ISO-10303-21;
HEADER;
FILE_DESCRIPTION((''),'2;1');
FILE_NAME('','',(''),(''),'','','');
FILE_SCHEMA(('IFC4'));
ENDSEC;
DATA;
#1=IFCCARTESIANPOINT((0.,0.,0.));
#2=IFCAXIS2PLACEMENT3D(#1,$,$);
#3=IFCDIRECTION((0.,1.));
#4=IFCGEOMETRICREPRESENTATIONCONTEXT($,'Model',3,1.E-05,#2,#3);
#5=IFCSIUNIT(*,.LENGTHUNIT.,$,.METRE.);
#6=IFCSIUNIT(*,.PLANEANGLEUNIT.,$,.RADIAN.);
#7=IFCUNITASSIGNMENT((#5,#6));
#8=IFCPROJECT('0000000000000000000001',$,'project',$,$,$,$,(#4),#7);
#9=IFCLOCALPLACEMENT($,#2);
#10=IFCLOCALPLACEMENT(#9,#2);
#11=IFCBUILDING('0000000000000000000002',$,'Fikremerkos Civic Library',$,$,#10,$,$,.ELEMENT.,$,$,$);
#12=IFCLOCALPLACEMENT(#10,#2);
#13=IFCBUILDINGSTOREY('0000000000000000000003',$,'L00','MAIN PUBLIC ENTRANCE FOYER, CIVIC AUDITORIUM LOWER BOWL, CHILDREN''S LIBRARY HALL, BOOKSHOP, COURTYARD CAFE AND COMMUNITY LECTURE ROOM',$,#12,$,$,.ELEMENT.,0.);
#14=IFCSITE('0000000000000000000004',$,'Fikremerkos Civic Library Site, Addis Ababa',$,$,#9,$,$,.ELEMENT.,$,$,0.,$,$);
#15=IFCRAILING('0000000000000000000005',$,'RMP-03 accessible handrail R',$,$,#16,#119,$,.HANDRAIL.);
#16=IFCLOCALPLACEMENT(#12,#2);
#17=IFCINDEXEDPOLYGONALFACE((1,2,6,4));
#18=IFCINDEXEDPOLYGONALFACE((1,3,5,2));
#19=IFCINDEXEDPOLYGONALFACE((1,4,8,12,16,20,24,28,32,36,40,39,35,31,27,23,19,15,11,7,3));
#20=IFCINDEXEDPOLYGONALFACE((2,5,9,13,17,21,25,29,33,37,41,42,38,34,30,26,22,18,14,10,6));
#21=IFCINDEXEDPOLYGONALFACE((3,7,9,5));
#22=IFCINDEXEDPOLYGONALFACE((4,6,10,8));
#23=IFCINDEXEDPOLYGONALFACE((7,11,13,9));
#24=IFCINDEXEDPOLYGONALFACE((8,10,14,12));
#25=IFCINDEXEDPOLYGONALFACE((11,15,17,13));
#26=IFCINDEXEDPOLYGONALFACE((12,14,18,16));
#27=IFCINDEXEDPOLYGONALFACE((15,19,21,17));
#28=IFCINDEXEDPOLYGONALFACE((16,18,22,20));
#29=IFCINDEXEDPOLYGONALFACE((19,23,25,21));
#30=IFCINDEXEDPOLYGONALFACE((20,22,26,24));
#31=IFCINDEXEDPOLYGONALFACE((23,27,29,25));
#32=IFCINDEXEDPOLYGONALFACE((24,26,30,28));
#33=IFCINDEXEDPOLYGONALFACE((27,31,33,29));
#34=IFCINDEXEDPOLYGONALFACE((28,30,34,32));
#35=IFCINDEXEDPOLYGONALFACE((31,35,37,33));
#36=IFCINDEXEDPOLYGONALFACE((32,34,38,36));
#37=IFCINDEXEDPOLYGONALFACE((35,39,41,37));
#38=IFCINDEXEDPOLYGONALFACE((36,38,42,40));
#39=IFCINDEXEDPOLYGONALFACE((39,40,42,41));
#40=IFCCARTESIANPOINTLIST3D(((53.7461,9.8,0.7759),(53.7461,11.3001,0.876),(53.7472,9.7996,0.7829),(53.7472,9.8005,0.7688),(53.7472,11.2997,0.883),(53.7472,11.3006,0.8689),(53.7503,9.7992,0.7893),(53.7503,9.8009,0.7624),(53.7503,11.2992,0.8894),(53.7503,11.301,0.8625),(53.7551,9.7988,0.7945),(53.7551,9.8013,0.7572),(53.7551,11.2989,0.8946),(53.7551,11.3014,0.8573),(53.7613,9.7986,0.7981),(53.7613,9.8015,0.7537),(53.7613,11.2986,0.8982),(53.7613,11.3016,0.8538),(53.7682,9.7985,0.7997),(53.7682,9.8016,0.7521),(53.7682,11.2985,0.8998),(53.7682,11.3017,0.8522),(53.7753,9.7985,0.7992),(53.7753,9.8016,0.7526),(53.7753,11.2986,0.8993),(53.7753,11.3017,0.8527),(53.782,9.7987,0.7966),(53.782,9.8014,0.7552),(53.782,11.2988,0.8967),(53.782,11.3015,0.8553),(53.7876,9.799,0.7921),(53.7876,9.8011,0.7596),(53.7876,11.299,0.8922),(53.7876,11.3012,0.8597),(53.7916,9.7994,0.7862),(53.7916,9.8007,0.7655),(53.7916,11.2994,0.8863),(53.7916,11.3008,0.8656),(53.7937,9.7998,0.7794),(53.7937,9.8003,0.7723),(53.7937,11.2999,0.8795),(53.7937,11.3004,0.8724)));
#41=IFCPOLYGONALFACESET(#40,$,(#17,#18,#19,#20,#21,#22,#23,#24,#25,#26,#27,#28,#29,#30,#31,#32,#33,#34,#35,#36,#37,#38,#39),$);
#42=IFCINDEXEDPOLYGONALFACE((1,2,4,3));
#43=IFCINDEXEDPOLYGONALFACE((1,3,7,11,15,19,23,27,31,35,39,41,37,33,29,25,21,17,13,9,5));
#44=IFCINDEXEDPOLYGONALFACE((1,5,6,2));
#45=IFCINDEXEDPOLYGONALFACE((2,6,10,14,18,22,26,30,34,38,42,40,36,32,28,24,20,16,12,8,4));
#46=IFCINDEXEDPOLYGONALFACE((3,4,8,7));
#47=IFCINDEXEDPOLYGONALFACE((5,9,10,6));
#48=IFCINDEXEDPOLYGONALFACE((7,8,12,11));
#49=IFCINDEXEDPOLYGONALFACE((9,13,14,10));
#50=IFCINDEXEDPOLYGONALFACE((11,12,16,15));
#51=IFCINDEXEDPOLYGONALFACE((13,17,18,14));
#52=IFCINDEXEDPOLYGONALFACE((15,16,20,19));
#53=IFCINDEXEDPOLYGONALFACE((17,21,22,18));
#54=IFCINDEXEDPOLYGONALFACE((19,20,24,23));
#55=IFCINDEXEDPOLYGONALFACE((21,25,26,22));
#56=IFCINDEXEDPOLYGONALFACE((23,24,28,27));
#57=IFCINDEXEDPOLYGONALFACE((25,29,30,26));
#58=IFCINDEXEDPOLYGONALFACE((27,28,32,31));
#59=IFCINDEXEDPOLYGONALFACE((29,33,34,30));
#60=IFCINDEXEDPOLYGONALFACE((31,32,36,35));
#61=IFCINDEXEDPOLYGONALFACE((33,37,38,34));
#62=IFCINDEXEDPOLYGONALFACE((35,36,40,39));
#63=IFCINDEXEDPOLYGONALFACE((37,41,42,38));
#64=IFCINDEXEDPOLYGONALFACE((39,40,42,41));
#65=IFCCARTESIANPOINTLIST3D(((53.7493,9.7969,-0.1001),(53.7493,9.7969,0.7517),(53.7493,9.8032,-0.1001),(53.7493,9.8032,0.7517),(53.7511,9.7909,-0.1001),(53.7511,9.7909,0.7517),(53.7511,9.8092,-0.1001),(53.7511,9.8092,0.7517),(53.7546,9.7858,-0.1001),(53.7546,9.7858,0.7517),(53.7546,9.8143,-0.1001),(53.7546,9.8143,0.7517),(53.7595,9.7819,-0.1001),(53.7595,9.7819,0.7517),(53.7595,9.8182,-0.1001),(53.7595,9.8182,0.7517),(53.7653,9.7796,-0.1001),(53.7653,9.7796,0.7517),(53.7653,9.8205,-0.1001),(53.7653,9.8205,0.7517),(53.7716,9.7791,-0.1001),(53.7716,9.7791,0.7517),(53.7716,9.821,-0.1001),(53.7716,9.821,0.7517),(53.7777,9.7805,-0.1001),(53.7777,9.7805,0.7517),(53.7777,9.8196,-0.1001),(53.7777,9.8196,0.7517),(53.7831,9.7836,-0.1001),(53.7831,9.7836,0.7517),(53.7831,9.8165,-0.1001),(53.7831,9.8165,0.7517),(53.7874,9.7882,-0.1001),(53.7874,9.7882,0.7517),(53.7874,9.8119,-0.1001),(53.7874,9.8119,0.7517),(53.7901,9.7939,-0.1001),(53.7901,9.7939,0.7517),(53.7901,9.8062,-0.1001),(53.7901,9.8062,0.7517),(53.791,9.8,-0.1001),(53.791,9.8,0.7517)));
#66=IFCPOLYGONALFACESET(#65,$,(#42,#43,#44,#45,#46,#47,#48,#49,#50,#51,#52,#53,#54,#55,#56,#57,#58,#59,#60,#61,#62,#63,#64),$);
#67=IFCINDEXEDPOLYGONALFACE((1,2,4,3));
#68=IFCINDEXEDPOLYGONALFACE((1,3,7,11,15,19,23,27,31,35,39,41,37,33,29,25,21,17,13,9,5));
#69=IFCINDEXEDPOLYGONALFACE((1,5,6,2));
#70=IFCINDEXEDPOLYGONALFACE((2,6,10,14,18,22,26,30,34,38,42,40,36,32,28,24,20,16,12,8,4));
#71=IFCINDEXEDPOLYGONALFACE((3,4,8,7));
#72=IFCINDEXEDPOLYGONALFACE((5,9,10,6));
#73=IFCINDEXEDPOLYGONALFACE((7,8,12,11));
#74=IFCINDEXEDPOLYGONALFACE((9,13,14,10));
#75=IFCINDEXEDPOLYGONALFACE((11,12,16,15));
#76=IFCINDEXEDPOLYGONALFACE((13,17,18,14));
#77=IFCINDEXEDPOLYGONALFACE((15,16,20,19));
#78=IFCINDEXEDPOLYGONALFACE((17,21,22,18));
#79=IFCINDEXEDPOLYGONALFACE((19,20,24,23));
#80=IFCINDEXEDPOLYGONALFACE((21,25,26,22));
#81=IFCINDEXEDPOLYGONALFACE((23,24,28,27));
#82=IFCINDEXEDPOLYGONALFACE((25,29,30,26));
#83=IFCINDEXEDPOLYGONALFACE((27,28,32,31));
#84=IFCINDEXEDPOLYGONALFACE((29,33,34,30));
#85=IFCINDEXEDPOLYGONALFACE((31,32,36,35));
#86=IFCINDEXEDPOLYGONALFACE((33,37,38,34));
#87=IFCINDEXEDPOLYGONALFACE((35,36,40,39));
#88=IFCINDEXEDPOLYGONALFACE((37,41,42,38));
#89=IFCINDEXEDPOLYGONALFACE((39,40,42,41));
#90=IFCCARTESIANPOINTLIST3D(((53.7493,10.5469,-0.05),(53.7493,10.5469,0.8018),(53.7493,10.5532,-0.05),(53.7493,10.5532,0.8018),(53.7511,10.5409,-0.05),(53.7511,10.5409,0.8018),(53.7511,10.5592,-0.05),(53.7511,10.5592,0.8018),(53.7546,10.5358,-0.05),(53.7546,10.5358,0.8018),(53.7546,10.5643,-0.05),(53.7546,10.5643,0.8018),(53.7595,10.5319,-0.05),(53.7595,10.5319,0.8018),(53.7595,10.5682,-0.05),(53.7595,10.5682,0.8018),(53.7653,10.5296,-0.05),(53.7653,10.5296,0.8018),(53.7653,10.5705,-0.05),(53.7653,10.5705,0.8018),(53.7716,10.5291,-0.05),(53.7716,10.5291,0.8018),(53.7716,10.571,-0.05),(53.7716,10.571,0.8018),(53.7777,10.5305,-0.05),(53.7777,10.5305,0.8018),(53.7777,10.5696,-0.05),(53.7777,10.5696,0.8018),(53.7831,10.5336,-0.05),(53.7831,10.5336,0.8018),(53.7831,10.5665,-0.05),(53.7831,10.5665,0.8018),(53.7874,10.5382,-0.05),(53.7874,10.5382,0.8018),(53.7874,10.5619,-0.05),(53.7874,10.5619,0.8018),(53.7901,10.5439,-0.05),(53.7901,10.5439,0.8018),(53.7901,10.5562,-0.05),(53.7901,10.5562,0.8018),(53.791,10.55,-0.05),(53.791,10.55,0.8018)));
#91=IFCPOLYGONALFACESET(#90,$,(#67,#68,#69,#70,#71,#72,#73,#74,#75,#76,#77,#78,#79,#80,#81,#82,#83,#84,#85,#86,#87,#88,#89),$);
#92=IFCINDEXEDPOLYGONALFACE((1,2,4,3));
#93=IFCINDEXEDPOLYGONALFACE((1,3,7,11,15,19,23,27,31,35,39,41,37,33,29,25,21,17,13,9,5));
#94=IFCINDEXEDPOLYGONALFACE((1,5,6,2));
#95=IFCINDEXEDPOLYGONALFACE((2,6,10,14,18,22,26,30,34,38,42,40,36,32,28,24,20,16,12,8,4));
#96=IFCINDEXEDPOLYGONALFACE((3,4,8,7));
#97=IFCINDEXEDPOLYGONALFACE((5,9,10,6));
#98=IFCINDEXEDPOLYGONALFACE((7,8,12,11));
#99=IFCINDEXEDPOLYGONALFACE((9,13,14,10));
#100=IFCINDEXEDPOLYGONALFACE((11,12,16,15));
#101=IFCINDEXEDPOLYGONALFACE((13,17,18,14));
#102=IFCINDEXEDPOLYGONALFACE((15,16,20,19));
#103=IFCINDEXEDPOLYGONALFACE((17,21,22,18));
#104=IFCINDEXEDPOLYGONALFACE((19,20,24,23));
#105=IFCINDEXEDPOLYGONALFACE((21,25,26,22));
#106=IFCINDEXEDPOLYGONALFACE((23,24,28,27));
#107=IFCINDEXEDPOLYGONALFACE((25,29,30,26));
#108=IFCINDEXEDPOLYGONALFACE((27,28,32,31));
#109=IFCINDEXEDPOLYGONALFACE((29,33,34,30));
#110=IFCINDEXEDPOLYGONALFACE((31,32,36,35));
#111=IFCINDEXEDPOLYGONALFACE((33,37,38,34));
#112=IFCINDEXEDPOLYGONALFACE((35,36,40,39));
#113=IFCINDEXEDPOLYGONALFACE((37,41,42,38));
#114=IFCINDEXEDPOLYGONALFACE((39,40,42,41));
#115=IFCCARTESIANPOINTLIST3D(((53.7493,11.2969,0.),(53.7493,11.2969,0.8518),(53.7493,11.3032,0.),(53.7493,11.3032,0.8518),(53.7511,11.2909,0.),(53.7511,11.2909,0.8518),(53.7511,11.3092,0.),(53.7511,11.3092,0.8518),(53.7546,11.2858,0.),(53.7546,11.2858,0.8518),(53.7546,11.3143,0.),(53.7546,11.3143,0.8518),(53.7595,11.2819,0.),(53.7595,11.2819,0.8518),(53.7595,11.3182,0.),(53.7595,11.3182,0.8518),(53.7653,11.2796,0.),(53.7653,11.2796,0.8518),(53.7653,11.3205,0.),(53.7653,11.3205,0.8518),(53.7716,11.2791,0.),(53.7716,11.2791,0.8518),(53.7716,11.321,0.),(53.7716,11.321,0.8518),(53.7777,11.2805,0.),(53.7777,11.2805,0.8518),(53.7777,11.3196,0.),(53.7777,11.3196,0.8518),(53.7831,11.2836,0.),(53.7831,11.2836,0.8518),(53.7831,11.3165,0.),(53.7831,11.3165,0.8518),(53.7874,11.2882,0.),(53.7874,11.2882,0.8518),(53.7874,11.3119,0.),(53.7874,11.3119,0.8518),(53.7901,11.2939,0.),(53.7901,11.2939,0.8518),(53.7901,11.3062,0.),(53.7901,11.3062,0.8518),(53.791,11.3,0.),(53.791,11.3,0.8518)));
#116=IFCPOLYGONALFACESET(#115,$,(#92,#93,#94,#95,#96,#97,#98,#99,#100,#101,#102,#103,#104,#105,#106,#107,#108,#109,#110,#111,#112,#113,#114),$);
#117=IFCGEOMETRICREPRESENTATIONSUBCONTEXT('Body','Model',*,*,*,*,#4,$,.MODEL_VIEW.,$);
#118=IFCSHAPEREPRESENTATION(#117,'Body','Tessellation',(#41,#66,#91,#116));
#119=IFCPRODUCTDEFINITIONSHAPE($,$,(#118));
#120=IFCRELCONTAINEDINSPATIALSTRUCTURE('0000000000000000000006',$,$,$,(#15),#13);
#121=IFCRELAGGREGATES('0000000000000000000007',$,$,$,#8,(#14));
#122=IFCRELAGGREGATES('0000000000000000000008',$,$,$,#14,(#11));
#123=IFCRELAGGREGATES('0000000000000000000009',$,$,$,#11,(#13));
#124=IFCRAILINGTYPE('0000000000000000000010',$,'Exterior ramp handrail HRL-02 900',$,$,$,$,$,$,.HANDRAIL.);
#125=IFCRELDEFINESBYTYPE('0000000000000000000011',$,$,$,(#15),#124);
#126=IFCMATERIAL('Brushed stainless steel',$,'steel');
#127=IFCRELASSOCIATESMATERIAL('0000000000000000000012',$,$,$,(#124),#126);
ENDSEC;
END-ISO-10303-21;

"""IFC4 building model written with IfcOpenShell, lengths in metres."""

from ifc_helpers import new_model, si_unit, direction, frame, origin, origin_2d, place, context, subcontext, project, spatial, circle, extrude, material, type_object, element, save


model = new_model("IFC4")

# Units and contexts
model_context = context("Model", 3, precision=1e-05, world=origin(), true_north=direction((0.0, 1.0)))
body_context = subcontext(model_context, "Body", "Model", "MODEL_VIEW")
ifc_project = project(units=[si_unit("LENGTHUNIT", "METRE"), si_unit("PLANEANGLEUNIT", "RADIAN")], contexts=[model_context])

# Site, building, storey
site_placement = place(None, origin())
site = spatial("IfcSite", under=ifc_project, at=site_placement, Name="Fikremerkos Civic Library Site, Addis Ababa", CompositionType="ELEMENT", RefElevation=0.0)
building_placement = place(site_placement, origin())
building = spatial("IfcBuilding", under=site, at=building_placement, Name="Fikremerkos Civic Library", CompositionType="ELEMENT")
storey_placement = place(building_placement, origin())
storey = spatial("IfcBuildingStorey", under=building, at=storey_placement, Name="L00", Description="MAIN PUBLIC ENTRANCE FOYER, CIVIC AUDITORIUM LOWER BOWL, CHILDREN'S LIBRARY HALL, BOOKSHOP, COURTYARD CAFE AND COMMUNITY LECTURE ROOM", CompositionType="ELEMENT", Elevation=0.0)

# Railing
ifc_material_1 = material(Name="Brushed stainless steel", Category="steel")
railing_type = type_object("IfcRailingType", Name="Exterior ramp handrail HRL-02 900", PredefinedType="HANDRAIL", material=ifc_material_1)
railing_placement = place(storey_placement, frame((53.77, 9.8, -0.1001)))
element("IfcRailing", 1, at=railing_placement, inside=storey, type_object=railing_type, Name="RMP-03 accessible handrail R", PredefinedType="HANDRAIL", context=body_context, shape_type="SweptSolid", body=[
    extrude(circle(Radius=0.0239, at=origin_2d()), frame((0.0, 0.0, 0.876), z_axis=(0.0, 0.997781, 0.066584), x_axis=(-1.0, 0.0, 0.0)), (0.0, 0.0, 1.0), 1.5034),
    extrude(circle(Radius=0.021, at=origin_2d()), origin(), (0.0, 0.0, 1.0), 0.8518),
    extrude(circle(Radius=0.021, at=origin_2d()), frame((0.0, 0.75, 0.05)), (0.0, 0.0, 1.0), 0.8518),
    extrude(circle(Radius=0.021, at=origin_2d()), frame((0.0, 1.5, 0.1001)), (0.0, 0.0, 1.0), 0.8518),
])

save(model, "model.ifc")
